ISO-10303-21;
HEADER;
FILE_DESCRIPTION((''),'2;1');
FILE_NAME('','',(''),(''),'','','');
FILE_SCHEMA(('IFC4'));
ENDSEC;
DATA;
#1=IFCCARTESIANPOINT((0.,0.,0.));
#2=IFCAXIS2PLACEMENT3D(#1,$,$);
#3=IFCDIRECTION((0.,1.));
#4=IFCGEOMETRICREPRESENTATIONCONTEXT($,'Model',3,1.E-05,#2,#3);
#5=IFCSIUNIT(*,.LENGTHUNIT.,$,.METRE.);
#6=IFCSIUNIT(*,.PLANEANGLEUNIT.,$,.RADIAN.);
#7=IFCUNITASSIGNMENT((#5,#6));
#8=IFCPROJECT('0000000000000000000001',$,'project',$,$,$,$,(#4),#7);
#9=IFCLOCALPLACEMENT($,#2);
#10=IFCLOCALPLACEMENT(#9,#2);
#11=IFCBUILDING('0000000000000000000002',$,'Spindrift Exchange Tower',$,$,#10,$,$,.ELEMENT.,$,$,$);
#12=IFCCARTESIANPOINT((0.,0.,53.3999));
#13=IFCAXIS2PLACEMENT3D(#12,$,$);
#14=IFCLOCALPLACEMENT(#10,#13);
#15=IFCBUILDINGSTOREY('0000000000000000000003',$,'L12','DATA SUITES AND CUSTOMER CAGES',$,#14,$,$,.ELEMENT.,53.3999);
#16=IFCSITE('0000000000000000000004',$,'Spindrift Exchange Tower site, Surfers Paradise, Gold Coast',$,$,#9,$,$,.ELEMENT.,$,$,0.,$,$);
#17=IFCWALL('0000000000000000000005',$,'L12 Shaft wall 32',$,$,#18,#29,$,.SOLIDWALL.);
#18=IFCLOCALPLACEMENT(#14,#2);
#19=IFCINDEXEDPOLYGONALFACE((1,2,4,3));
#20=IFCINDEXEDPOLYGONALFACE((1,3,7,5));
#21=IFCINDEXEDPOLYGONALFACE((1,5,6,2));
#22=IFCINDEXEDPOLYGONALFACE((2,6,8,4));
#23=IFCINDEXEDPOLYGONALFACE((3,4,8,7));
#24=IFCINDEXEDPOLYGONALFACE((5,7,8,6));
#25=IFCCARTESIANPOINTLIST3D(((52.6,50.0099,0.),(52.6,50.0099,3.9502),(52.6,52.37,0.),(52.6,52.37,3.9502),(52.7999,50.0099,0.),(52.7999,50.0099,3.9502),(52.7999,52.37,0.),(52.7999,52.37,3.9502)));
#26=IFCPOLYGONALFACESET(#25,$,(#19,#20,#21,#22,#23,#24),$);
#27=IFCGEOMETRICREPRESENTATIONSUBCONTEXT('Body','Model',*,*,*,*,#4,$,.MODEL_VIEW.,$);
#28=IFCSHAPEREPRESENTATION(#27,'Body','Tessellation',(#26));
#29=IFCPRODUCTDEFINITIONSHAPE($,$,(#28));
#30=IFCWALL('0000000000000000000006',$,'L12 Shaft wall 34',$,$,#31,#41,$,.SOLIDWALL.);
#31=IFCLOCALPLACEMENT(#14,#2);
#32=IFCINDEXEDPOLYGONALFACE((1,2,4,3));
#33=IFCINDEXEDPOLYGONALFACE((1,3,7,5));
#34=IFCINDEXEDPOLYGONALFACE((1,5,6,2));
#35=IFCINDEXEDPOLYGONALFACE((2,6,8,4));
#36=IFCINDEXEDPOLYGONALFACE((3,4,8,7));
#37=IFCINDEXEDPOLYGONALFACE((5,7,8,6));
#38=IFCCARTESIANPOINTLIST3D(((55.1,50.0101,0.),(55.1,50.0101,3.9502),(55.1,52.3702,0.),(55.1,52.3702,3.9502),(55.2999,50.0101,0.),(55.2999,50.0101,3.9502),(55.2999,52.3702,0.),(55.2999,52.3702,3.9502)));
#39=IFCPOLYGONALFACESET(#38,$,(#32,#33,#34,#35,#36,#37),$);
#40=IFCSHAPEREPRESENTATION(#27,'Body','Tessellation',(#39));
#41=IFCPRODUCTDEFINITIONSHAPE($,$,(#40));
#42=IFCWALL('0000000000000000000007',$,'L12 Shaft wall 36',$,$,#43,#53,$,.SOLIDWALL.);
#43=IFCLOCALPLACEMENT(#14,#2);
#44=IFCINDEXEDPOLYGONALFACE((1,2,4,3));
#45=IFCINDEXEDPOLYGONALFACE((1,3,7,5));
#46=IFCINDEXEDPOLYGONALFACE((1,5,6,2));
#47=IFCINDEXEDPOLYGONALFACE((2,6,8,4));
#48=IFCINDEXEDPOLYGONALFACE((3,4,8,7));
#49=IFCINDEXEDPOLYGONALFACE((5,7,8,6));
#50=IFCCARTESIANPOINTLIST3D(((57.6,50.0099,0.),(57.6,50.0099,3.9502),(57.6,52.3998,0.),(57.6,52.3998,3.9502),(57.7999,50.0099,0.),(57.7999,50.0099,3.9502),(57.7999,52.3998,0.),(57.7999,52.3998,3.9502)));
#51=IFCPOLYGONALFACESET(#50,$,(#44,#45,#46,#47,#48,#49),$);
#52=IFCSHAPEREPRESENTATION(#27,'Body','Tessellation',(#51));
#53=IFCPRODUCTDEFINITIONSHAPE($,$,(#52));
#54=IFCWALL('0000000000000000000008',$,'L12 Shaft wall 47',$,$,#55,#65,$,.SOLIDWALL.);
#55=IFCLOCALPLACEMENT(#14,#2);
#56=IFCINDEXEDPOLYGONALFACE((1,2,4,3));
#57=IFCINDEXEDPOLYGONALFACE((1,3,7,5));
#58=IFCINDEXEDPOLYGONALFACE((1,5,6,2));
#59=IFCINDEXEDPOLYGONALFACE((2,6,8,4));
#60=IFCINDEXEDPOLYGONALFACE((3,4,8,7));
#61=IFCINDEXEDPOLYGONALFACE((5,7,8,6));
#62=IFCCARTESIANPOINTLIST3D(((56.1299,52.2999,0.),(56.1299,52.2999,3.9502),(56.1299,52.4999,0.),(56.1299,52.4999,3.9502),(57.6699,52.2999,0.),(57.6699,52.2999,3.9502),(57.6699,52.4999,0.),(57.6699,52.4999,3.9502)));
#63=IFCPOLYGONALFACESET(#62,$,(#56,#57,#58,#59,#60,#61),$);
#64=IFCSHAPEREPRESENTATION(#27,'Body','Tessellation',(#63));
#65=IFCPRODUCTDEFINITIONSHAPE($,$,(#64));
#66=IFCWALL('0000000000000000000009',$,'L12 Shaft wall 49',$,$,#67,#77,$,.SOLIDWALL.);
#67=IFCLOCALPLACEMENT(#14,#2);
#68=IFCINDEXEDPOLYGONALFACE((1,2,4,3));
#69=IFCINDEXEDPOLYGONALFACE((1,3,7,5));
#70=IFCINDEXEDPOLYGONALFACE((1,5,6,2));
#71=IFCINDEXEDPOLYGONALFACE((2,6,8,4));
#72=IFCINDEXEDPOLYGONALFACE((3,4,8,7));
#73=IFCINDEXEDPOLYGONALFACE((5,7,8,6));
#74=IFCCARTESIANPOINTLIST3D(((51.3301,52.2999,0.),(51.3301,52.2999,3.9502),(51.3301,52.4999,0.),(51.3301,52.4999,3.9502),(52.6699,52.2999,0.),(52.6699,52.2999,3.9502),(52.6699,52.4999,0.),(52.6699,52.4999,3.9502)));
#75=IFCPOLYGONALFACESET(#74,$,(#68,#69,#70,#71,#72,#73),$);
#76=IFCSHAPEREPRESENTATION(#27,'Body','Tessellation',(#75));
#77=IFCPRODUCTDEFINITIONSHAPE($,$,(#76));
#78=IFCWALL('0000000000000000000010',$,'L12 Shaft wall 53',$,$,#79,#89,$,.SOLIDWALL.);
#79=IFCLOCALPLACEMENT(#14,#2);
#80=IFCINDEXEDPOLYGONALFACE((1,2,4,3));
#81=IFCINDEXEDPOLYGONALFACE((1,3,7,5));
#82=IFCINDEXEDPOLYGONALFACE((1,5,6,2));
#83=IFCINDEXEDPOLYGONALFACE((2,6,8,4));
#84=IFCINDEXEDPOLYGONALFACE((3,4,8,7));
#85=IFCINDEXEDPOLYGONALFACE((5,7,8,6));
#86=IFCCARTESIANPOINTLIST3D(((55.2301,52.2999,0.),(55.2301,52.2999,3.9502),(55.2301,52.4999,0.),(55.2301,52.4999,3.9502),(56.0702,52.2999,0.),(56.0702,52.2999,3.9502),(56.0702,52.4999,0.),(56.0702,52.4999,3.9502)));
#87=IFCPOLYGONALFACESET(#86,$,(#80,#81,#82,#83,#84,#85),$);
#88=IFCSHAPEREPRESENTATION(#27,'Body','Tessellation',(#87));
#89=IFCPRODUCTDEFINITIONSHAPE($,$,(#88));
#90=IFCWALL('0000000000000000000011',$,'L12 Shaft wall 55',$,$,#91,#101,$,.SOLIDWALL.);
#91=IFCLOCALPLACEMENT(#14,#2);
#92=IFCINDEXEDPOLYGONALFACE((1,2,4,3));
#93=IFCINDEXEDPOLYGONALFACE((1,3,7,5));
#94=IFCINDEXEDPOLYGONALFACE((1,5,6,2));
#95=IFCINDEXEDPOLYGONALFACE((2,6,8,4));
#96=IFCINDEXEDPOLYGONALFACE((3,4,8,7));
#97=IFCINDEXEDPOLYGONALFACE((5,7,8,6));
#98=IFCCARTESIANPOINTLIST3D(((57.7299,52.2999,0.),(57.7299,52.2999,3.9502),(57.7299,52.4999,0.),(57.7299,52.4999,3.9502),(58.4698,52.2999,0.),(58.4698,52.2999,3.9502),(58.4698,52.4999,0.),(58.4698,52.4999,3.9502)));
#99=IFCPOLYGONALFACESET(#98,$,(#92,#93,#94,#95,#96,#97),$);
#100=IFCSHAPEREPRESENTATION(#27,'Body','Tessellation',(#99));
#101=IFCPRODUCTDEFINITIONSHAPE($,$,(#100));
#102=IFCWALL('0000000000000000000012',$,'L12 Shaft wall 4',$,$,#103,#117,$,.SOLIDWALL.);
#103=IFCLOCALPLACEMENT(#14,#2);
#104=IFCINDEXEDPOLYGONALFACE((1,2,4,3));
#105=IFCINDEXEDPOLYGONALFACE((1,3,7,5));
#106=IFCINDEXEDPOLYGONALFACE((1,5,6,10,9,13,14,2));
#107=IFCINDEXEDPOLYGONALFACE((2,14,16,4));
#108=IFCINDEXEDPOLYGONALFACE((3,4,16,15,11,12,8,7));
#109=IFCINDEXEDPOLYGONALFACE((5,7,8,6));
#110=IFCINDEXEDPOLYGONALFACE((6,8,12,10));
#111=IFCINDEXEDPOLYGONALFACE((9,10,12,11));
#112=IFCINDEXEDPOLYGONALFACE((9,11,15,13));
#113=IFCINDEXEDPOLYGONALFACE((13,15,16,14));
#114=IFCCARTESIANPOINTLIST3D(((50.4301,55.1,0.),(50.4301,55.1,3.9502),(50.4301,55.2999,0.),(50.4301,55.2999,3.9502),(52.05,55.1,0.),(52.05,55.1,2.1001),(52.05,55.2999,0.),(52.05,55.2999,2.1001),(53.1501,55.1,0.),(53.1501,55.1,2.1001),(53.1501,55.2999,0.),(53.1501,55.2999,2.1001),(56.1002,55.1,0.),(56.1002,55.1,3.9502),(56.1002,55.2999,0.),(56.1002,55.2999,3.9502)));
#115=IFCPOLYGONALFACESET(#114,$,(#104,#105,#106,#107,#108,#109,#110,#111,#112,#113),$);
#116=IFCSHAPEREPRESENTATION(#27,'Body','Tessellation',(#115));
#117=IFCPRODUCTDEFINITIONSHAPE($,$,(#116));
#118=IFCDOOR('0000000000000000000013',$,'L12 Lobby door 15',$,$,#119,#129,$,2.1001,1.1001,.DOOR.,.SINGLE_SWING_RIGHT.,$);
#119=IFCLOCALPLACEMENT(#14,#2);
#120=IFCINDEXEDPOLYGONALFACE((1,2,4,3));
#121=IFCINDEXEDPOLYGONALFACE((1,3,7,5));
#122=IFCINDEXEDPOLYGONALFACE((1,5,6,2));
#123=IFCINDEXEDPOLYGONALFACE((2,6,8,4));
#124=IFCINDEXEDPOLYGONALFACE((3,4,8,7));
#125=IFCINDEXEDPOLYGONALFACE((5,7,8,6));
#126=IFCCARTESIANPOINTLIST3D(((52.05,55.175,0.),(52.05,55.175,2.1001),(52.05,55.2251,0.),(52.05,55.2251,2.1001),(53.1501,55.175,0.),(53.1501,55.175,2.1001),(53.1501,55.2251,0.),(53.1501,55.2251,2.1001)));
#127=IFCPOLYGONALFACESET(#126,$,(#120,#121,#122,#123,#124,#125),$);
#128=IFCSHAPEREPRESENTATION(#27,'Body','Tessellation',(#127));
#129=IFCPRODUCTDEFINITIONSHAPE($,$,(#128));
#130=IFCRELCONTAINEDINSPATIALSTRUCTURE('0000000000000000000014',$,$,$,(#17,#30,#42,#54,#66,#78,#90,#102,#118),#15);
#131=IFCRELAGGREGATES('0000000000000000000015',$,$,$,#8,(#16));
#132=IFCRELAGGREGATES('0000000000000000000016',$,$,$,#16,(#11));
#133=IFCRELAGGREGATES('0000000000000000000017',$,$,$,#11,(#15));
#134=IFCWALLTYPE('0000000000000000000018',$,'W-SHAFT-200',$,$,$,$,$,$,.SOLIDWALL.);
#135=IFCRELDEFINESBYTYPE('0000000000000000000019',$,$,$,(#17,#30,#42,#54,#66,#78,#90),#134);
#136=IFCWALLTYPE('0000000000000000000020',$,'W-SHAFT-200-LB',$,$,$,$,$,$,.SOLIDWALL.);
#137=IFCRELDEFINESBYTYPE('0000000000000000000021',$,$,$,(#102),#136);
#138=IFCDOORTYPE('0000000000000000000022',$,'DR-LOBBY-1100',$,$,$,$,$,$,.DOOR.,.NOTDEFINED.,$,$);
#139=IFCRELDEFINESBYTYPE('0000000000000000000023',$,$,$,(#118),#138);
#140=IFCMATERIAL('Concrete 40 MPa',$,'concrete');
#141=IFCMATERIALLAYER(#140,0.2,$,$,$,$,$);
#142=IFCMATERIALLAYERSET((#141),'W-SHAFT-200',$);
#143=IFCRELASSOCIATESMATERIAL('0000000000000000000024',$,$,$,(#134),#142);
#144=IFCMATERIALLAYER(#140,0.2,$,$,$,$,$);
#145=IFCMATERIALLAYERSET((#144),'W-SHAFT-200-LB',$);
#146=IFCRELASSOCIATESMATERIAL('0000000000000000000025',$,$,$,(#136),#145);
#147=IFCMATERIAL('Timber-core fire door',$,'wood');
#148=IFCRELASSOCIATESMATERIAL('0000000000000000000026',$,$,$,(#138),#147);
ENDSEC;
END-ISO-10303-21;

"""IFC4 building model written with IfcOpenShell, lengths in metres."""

from ifc_helpers import new_model, si_unit, direction, frame, frame_2d, origin, place, context, subcontext, project, spatial, rectangle, extrude, source, transform, mapped, material, layer, layer_set, type_object, element, fill, save


model = new_model("IFC4")

# Units and contexts
model_context = context("Model", 3, precision=1e-05, world=origin(), true_north=direction((0.0, 1.0)))
body_context = subcontext(model_context, "Body", "Model", "MODEL_VIEW")
ifc_project = project(units=[si_unit("LENGTHUNIT", "METRE"), si_unit("PLANEANGLEUNIT", "RADIAN")], contexts=[model_context])

# Site, building, storey
site_placement = place(None, origin())
site = spatial("IfcSite", under=ifc_project, at=site_placement, Name="Spindrift Exchange Tower site, Surfers Paradise, Gold Coast", CompositionType="ELEMENT", RefElevation=0.0)
building_placement = place(site_placement, origin())
building = spatial("IfcBuilding", under=site, at=building_placement, Name="Spindrift Exchange Tower", CompositionType="ELEMENT")
storey_placement = place(building_placement, frame((0.0, 0.0, 53.3999)))
storey = spatial("IfcBuildingStorey", under=building, at=storey_placement, Name="L12", Description="DATA SUITES AND CUSTOMER CAGES", CompositionType="ELEMENT", Elevation=53.3999)

# Shared definitions
ifc_material_1 = material(Name="Concrete 40 MPa", Category="concrete")
ifc_layer_1 = layer(ifc_material_1, 0.2)
ifc_layer_set_1 = layer_set([ifc_layer_1], Name="W-SHAFT-200")
wall_type_1 = type_object("IfcWallType", Name="W-SHAFT-200", PredefinedType="SOLIDWALL", material=ifc_layer_set_1)

# Walls
for number, where, z_axis, x_axis, name in (
    (1, (52.7, 52.3701, 0.0), (0.0, 0.0, 1.0), (0.0, -1.0, 0.0), "L12 Shaft wall 32"),
    (2, (55.2, 50.01, 0.0), (0.0, 0.0, 1.0), (0.0, 1.0, 0.0), "L12 Shaft wall 34"),
):
    element("IfcWall", number, at=place(storey_placement, frame(where, z_axis=z_axis, x_axis=x_axis)), inside=storey, type_object=wall_type_1, Name=name, PredefinedType="SOLIDWALL", context=body_context, shape_type="SweptSolid", body=[
        extrude(rectangle(XDim=2.3601, YDim=0.2, at=frame_2d((1.1802, 0.0))), origin(), (0.0, 0.0, 1.0), 3.9502),
    ])
wall_1_placement = place(storey_placement, frame((57.7, 50.01, 0.0), z_axis=(0.0, 0.0, 1.0), x_axis=(0.0, 1.0, 0.0)))
element("IfcWall", 3, at=wall_1_placement, inside=storey, type_object=wall_type_1, Name="L12 Shaft wall 36", PredefinedType="SOLIDWALL", context=body_context, shape_type="SweptSolid", body=[
    extrude(rectangle(XDim=2.3899, YDim=0.2, at=frame_2d((1.1948, 0.0))), origin(), (0.0, 0.0, 1.0), 3.9502),
])
wall_2_placement = place(storey_placement, frame((57.6699, 52.3999, 0.0), z_axis=(0.0, 0.0, 1.0), x_axis=(-1.0, 0.0, 0.0)))
element("IfcWall", 4, at=wall_2_placement, inside=storey, type_object=wall_type_1, Name="L12 Shaft wall 47", PredefinedType="SOLIDWALL", context=body_context, shape_type="SweptSolid", body=[
    extrude(rectangle(XDim=1.54, YDim=0.2, at=frame_2d((0.77, 0.0))), origin(), (0.0, 0.0, 1.0), 3.9502),
])
wall_3_placement = place(storey_placement, frame((51.3301, 52.3999, 0.0), z_axis=(0.0, 0.0, 1.0), x_axis=(1.0, 0.0, 0.0)))
element("IfcWall", 5, at=wall_3_placement, inside=storey, type_object=wall_type_1, Name="L12 Shaft wall 49", PredefinedType="SOLIDWALL", context=body_context, shape_type="SweptSolid", body=[
    extrude(rectangle(XDim=1.3398, YDim=0.2, at=frame_2d((0.6699, 0.0))), origin(), (0.0, 0.0, 1.0), 3.9502),
])
wall_4_placement = place(storey_placement, frame((56.0701, 52.3999, 0.0), z_axis=(0.0, 0.0, 1.0), x_axis=(-1.0, 0.0, 0.0)))
element("IfcWall", 6, at=wall_4_placement, inside=storey, type_object=wall_type_1, Name="L12 Shaft wall 53", PredefinedType="SOLIDWALL", context=body_context, shape_type="SweptSolid", body=[
    extrude(rectangle(XDim=0.8401, YDim=0.2, at=frame_2d((0.4199, 0.0))), origin(), (0.0, 0.0, 1.0), 3.9502),
])
wall_5_placement = place(storey_placement, frame((58.47, 52.3999, 0.0), z_axis=(0.0, 0.0, 1.0), x_axis=(-1.0, 0.0, 0.0)))
element("IfcWall", 7, at=wall_5_placement, inside=storey, type_object=wall_type_1, Name="L12 Shaft wall 55", PredefinedType="SOLIDWALL", context=body_context, shape_type="SweptSolid", body=[
    extrude(rectangle(XDim=0.74, YDim=0.2, at=frame_2d((0.3701, 0.0))), origin(), (0.0, 0.0, 1.0), 3.9502),
])

# Wall, opening, door
ifc_layer_2 = layer(ifc_material_1, 0.2)
ifc_layer_set_2 = layer_set([ifc_layer_2], Name="W-SHAFT-200-LB")
wall_type_2 = type_object("IfcWallType", Name="W-SHAFT-200-LB", PredefinedType="SOLIDWALL", material=ifc_layer_set_2)
wall_6_placement = place(storey_placement, frame((56.1001, 55.2, 0.0), z_axis=(0.0, 0.0, 1.0), x_axis=(-1.0, 0.0, 0.0)))
wall_6 = element("IfcWall", 8, at=wall_6_placement, inside=storey, type_object=wall_type_2, Name="L12 Shaft wall 4", PredefinedType="SOLIDWALL", context=body_context, shape_type="SweptSolid", body=[
    extrude(rectangle(XDim=5.6702, YDim=0.2, at=frame_2d((2.835, 0.0))), origin(), (0.0, 0.0, 1.0), 3.9502),
])
opening_1_placement = place(wall_6_placement, frame((2.95, 0.0, 0.0)))
opening_1 = element("IfcOpeningElement", 9, at=opening_1_placement, cuts=wall_6, PredefinedType="OPENING", context=body_context, shape_type="SweptSolid", body=[
    extrude(rectangle(XDim=1.1001, YDim=2.1001, at=frame_2d((0.55, 1.05))), frame((0.0, 0.1099, 0.0), z_axis=(0.0, -1.0, 0.0), x_axis=(1.0, 0.0, 0.0)), (0.0, 0.0, 1.0), 0.22),
])
ifc_material_2 = material(Name="Timber-core fire door", Category="wood")
door_type_1 = type_object("IfcDoorType", Name="DR-LOBBY-1100", OperationType="NOTDEFINED", PredefinedType="DOOR", material=ifc_material_2)
shared_shape_1 = source(origin(), body_context, "Body", "SweptSolid", [
    extrude(rectangle(XDim=1.1001, YDim=2.1001, at=frame_2d((0.55, 1.05))), frame((0.0, 0.0249, 0.0), z_axis=(0.0, -1.0, 0.0), x_axis=(1.0, 0.0, 0.0)), (0.0, 0.0, 1.0), 0.05),
])
door_1_placement = place(opening_1_placement, origin())
door_1 = element("IfcDoor", 10, at=door_1_placement, inside=storey, type_object=door_type_1, Name="L12 Lobby door 15", OperationType="SINGLE_SWING_RIGHT", OverallHeight=2.1001, OverallWidth=1.1001, PredefinedType="DOOR", context=body_context, shape_type="MappedRepresentation", body=[
    mapped(shared_shape_1, transform((0.0, 0.0, 0.0), scale=1.0)),
])
fill(opening_1, door_1)

save(model, "model.ifc")
